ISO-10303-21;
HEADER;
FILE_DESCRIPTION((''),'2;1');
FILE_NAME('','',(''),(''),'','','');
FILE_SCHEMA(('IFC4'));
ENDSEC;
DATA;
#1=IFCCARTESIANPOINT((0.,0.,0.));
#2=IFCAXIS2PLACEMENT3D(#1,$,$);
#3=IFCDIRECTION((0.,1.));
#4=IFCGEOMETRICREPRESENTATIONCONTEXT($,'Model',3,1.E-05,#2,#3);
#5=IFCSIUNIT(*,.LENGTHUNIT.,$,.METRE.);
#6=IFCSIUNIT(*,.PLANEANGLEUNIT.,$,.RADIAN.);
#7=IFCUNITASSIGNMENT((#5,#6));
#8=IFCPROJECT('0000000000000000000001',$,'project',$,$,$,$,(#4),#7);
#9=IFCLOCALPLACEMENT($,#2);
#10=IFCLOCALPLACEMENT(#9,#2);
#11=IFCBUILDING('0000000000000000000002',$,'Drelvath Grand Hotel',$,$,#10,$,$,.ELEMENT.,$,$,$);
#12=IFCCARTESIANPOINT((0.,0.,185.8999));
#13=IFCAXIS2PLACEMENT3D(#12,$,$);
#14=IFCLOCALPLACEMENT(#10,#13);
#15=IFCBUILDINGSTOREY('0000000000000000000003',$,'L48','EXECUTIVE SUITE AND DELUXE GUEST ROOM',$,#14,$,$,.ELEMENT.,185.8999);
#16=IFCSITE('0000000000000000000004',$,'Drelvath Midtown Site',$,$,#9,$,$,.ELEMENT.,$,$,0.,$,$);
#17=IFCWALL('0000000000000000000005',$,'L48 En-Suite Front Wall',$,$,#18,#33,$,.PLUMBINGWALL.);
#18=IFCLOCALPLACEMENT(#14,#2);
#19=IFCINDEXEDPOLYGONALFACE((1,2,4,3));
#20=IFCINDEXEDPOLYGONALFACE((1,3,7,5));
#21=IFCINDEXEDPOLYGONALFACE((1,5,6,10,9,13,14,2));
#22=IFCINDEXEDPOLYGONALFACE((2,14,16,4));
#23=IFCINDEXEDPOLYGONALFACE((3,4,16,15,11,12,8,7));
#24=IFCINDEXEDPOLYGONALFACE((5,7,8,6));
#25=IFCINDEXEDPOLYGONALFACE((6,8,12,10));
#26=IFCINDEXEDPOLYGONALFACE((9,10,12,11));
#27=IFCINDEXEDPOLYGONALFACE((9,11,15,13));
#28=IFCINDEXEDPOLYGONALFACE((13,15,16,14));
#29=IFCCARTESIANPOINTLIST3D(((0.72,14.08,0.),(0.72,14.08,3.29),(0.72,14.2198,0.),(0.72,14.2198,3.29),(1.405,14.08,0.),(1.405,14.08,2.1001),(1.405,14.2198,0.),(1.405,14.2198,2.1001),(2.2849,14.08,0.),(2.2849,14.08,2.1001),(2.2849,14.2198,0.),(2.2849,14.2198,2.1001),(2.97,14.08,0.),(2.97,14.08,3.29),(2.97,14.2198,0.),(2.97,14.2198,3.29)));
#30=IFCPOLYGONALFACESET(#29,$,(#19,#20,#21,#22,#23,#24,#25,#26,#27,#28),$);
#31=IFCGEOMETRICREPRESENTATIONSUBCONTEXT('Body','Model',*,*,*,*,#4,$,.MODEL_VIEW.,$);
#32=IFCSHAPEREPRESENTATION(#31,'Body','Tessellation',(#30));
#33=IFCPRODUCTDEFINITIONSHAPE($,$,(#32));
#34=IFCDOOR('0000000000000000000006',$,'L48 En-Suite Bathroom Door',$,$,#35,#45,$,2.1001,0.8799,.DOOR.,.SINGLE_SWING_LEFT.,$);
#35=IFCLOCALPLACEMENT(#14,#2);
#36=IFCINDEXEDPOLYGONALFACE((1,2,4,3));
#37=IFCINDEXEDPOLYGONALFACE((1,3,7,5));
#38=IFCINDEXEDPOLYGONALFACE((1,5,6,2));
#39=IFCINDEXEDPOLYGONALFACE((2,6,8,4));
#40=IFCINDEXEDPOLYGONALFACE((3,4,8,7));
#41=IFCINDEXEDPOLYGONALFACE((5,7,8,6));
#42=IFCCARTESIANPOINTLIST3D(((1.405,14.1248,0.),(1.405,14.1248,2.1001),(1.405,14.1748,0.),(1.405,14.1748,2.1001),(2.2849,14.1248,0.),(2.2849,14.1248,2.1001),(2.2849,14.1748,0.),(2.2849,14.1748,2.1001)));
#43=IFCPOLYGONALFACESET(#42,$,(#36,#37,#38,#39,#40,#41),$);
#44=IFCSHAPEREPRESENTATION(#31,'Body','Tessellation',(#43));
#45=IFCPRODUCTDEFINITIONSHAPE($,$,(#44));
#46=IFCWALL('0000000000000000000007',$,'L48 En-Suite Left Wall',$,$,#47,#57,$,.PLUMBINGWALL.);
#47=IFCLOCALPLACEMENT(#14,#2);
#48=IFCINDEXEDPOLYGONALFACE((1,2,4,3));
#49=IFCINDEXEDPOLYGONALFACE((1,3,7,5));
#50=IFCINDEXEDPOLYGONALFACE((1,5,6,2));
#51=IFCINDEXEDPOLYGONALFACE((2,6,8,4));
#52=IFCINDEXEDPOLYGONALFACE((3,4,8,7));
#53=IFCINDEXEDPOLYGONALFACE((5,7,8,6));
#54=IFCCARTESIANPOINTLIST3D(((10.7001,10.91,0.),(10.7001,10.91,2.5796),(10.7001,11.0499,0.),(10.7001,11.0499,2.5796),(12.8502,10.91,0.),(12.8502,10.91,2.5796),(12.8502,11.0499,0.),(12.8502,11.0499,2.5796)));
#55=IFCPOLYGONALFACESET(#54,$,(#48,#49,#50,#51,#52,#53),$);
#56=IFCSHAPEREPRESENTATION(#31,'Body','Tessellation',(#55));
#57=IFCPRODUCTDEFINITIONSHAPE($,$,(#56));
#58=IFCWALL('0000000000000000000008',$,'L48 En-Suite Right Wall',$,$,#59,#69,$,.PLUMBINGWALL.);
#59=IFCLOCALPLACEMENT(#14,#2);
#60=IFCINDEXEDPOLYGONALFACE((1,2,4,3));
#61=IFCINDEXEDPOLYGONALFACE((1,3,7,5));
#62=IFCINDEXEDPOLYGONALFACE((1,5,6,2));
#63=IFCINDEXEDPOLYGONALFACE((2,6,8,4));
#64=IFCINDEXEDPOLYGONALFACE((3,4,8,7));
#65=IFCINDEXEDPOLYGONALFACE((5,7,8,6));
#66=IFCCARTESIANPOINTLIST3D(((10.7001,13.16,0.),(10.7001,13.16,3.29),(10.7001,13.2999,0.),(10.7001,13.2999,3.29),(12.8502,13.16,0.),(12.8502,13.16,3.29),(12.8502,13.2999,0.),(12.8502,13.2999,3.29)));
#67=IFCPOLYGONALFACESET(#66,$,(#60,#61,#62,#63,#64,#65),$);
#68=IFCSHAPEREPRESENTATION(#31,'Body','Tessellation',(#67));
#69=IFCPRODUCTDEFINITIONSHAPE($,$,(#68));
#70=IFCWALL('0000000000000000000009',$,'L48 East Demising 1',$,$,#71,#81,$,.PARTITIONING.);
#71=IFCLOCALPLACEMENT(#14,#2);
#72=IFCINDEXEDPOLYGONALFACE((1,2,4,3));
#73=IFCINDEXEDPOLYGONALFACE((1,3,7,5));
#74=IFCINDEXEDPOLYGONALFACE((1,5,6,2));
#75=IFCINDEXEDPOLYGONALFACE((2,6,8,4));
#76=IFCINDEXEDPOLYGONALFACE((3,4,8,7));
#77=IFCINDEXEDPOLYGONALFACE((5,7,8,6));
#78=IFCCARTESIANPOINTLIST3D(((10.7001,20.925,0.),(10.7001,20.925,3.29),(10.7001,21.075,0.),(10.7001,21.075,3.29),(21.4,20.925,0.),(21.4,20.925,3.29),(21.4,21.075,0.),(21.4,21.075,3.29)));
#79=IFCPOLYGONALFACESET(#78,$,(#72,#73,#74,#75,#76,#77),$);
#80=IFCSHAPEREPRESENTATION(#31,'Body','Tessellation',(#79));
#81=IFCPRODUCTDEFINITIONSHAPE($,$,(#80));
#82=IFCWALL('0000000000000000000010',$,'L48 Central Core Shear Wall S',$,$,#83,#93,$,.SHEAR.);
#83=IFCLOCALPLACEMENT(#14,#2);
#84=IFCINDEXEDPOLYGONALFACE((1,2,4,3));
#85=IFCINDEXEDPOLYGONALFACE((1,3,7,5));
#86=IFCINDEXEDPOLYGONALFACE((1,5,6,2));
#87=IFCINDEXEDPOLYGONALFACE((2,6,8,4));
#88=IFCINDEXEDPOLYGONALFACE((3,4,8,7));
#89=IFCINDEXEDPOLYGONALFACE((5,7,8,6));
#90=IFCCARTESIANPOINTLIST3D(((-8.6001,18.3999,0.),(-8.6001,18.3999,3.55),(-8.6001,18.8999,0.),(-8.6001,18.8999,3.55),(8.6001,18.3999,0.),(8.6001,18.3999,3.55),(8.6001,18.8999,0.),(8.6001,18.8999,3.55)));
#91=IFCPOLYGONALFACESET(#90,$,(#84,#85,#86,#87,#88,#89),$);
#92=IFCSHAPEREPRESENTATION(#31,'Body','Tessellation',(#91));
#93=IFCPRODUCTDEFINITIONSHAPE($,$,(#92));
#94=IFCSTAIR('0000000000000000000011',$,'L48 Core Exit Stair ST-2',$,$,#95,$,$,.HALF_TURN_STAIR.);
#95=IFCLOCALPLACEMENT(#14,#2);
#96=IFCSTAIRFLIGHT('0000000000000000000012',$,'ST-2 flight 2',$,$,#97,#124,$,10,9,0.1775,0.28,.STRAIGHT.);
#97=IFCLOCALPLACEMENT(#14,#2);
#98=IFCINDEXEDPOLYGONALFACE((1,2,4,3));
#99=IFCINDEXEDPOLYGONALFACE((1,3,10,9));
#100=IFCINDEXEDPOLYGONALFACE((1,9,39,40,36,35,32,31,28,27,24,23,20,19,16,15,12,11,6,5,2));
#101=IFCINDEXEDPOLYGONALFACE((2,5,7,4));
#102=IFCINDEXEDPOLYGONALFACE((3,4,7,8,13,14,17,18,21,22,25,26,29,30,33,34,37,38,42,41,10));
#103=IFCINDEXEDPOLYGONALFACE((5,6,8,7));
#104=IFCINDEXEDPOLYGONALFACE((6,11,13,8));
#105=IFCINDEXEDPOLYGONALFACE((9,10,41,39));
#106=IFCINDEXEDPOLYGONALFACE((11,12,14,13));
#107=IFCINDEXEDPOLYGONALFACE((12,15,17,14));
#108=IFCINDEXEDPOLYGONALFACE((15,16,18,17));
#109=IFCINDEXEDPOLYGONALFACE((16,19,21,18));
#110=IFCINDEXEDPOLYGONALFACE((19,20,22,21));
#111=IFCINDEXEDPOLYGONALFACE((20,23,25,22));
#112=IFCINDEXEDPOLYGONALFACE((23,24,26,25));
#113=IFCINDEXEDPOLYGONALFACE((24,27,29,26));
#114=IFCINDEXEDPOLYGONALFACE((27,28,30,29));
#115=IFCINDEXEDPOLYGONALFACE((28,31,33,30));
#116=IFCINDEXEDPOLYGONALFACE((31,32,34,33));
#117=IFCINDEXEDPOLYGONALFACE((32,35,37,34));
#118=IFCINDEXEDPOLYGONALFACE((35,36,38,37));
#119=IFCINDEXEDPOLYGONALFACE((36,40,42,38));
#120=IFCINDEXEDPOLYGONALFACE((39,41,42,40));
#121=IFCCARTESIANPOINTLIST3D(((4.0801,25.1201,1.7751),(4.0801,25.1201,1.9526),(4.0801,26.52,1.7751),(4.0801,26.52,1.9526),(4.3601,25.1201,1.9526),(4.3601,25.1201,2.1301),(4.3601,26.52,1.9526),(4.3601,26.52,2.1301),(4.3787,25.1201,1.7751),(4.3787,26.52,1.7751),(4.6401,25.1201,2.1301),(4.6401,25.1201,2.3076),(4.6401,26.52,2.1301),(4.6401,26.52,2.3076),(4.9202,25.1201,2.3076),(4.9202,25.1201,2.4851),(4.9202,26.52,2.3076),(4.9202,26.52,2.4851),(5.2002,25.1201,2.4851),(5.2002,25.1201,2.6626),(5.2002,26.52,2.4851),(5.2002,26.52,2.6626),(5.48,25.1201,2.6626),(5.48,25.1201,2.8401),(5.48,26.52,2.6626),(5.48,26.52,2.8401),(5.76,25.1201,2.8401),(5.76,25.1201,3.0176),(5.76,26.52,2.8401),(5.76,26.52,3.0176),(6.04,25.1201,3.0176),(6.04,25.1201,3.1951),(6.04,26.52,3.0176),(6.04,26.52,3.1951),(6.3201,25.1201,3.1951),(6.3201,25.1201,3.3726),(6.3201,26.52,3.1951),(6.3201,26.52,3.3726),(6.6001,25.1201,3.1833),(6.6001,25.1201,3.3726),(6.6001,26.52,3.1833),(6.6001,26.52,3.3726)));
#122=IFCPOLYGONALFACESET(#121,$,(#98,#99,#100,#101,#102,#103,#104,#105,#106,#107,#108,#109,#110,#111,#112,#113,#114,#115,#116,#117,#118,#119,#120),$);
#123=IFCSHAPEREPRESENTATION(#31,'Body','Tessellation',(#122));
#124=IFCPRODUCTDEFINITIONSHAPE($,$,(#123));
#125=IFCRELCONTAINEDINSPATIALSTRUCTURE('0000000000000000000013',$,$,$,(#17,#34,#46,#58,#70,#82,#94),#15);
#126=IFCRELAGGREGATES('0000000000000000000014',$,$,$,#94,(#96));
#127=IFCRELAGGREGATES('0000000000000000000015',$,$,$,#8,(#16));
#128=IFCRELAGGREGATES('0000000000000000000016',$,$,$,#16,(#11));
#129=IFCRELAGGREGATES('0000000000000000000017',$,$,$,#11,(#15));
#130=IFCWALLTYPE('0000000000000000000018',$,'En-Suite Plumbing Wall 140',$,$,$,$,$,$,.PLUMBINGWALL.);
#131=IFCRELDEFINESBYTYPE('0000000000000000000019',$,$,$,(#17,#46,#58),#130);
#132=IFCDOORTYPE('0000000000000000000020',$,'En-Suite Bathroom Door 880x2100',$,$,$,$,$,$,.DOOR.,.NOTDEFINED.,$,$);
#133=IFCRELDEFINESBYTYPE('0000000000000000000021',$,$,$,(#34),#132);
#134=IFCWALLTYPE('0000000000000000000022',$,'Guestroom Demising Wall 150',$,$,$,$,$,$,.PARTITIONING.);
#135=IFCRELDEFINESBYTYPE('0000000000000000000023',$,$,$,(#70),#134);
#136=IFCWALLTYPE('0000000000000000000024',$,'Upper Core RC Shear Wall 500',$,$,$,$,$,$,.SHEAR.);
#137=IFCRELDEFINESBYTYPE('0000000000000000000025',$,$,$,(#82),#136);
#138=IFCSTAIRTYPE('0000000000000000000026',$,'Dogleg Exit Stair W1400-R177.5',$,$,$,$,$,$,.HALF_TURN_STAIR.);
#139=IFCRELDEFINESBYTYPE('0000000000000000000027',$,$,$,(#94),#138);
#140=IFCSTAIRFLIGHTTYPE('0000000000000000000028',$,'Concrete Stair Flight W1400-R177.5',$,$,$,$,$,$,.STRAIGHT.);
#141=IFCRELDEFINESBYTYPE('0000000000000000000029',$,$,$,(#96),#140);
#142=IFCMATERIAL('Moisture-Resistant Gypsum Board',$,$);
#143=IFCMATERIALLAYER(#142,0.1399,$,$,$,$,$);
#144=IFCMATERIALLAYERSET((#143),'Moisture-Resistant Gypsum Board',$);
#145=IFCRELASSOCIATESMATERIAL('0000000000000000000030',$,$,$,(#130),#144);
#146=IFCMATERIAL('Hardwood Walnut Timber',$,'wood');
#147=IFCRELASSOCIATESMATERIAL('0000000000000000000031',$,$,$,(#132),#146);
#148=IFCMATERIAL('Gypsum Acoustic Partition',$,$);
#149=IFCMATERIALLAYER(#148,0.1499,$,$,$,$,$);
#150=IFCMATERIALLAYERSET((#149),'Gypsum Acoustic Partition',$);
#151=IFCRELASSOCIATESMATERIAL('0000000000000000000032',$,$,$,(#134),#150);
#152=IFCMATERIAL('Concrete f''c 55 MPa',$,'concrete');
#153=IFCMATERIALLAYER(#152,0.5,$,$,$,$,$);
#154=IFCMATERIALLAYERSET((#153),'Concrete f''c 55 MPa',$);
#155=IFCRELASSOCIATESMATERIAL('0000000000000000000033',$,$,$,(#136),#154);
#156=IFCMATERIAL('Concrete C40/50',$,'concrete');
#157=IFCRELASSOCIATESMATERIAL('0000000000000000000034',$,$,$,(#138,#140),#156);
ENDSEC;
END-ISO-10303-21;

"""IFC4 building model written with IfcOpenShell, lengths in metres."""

from ifc_helpers import new_model, si_unit, direction, frame, frame_2d, origin, place, context, subcontext, project, spatial, polyline, rectangle, outline, extrude, material, layer, layer_set, type_object, element, fill, aggregate, save


model = new_model("IFC4")

# Units and contexts
model_context = context("Model", 3, precision=1e-05, world=origin(), true_north=direction((0.0, 1.0)))
body_context = subcontext(model_context, "Body", "Model", "MODEL_VIEW")
ifc_project = project(units=[si_unit("LENGTHUNIT", "METRE"), si_unit("PLANEANGLEUNIT", "RADIAN")], contexts=[model_context])

# Site, building, storey
site_placement = place(None, origin())
site = spatial("IfcSite", under=ifc_project, at=site_placement, Name="Drelvath Midtown Site", CompositionType="ELEMENT", RefElevation=0.0)
building_placement = place(site_placement, origin())
building = spatial("IfcBuilding", under=site, at=building_placement, Name="Drelvath Grand Hotel", CompositionType="ELEMENT")
storey_placement = place(building_placement, frame((0.0, 0.0, 185.8999)))
storey = spatial("IfcBuildingStorey", under=building, at=storey_placement, Name="L48", Description="EXECUTIVE SUITE AND DELUXE GUEST ROOM", CompositionType="ELEMENT", Elevation=185.8999)

# Shared definitions
ifc_material_1 = material(Name="Concrete f'c 55 MPa", Category="concrete")

# Shared definitions
ifc_material_2 = material(Name="Concrete C40/50", Category="concrete")

# Shared definitions
ifc_material_3 = material(Name="Moisture-Resistant Gypsum Board")
ifc_layer_1 = layer(ifc_material_3, 0.1399)
ifc_layer_set_1 = layer_set([ifc_layer_1], Name="Moisture-Resistant Gypsum Board")
wall_type_1 = type_object("IfcWallType", Name="En-Suite Plumbing Wall 140", PredefinedType="PLUMBINGWALL", material=ifc_layer_set_1)

# Wall, opening, door
wall_1_placement = place(storey_placement, frame((0.72, 14.1499, 0.0), z_axis=(0.0, 0.0, 1.0), x_axis=(1.0, 0.0, 0.0)))
wall_1 = element("IfcWall", 1, at=wall_1_placement, inside=storey, type_object=wall_type_1, Name="L48 En-Suite Front Wall", PredefinedType="PLUMBINGWALL", context=body_context, shape_type="SweptSolid", body=[
    extrude(rectangle(XDim=2.25, YDim=0.1399, at=frame_2d((1.125, 0.0))), origin(), (0.0, 0.0, 1.0), 3.29),
])
opening_1_placement = place(wall_1_placement, frame((0.6851, 0.0, 0.0)))
opening_1 = element("IfcOpeningElement", 2, at=opening_1_placement, cuts=wall_1, PredefinedType="OPENING", context=body_context, shape_type="SweptSolid", body=[
    extrude(rectangle(XDim=0.8799, YDim=2.1001, at=frame_2d((0.4399, 1.05))), frame((0.0, 0.0798, 0.0), z_axis=(0.0, -1.0, 0.0), x_axis=(1.0, 0.0, 0.0)), (0.0, 0.0, 1.0), 0.1599),
])
ifc_material_4 = material(Name="Hardwood Walnut Timber", Category="wood")
door_type_1 = type_object("IfcDoorType", Name="En-Suite Bathroom Door 880x2100", OperationType="NOTDEFINED", PredefinedType="DOOR", material=ifc_material_4)
door_1_placement = place(opening_1_placement, origin())
door_1 = element("IfcDoor", 3, at=door_1_placement, inside=storey, type_object=door_type_1, Name="L48 En-Suite Bathroom Door", OperationType="SINGLE_SWING_LEFT", OverallHeight=2.1001, OverallWidth=0.8799, PredefinedType="DOOR", context=body_context, shape_type="SweptSolid", body=[
    extrude(rectangle(XDim=0.8799, YDim=2.1001, at=frame_2d((0.4399, 1.05))), frame((0.0, 0.0249, 0.0), z_axis=(0.0, -1.0, 0.0), x_axis=(1.0, 0.0, 0.0)), (0.0, 0.0, 1.0), 0.05),
])
fill(opening_1, door_1)

# Walls
wall_2_placement = place(storey_placement, frame((10.7, 10.98, 0.0), z_axis=(0.0, 0.0, 1.0), x_axis=(1.0, 0.0, 0.0)))
element("IfcWall", 4, at=wall_2_placement, inside=storey, type_object=wall_type_1, Name="L48 En-Suite Left Wall", PredefinedType="PLUMBINGWALL", context=body_context, shape_type="SweptSolid", body=[
    extrude(rectangle(XDim=2.1501, YDim=0.1399, at=frame_2d((1.0752, 0.0))), origin(), (0.0, 0.0, 1.0), 2.5796),
])
wall_3_placement = place(storey_placement, frame((10.7, 13.23, 0.0), z_axis=(0.0, 0.0, 1.0), x_axis=(1.0, 0.0, 0.0)))
element("IfcWall", 5, at=wall_3_placement, inside=storey, type_object=wall_type_1, Name="L48 En-Suite Right Wall", PredefinedType="PLUMBINGWALL", context=body_context, shape_type="SweptSolid", body=[
    extrude(rectangle(XDim=2.1501, YDim=0.1399, at=frame_2d((1.0752, 0.0))), origin(), (0.0, 0.0, 1.0), 3.29),
])
ifc_material_5 = material(Name="Gypsum Acoustic Partition")
ifc_layer_2 = layer(ifc_material_5, 0.1499)
ifc_layer_set_2 = layer_set([ifc_layer_2], Name="Gypsum Acoustic Partition")
wall_type_2 = type_object("IfcWallType", Name="Guestroom Demising Wall 150", PredefinedType="PARTITIONING", material=ifc_layer_set_2)
wall_4_placement = place(storey_placement, frame((10.7, 21.0, 0.0), z_axis=(0.0, 0.0, 1.0), x_axis=(1.0, 0.0, 0.0)))
element("IfcWall", 6, at=wall_4_placement, inside=storey, type_object=wall_type_2, Name="L48 East Demising 1", PredefinedType="PARTITIONING", context=body_context, shape_type="SweptSolid", body=[
    extrude(rectangle(XDim=10.7, YDim=0.1499, at=frame_2d((5.3501, 0.0))), origin(), (0.0, 0.0, 1.0), 3.29),
])
ifc_layer_3 = layer(ifc_material_1, 0.5)
ifc_layer_set_3 = layer_set([ifc_layer_3], Name="Concrete f'c 55 MPa")
wall_type_3 = type_object("IfcWallType", Name="Upper Core RC Shear Wall 500", PredefinedType="SHEAR", material=ifc_layer_set_3)
wall_5_placement = place(storey_placement, frame((8.6001, 18.6499, 0.0), z_axis=(0.0, 0.0, 1.0), x_axis=(-1.0, 0.0, 0.0)))
element("IfcWall", 7, at=wall_5_placement, inside=storey, type_object=wall_type_3, Name="L48 Central Core Shear Wall S", PredefinedType="SHEAR", context=body_context, shape_type="SweptSolid", body=[
    extrude(rectangle(XDim=17.2002, YDim=0.5, at=frame_2d((8.6001, 0.0))), origin(), (0.0, 0.0, 1.0), 3.55),
])

# Stair, stair flight
stair_type = type_object("IfcStairType", Name="Dogleg Exit Stair W1400-R177.5", PredefinedType="HALF_TURN_STAIR", material=ifc_material_2)
stair_placement = place(storey_placement, origin())
stair = element("IfcStair", 8, at=stair_placement, inside=storey, type_object=stair_type, Name="L48 Core Exit Stair ST-2", PredefinedType="HALF_TURN_STAIR")
stair_flight_type = type_object("IfcStairFlightType", Name="Concrete Stair Flight W1400-R177.5", PredefinedType="STRAIGHT", material=ifc_material_2)
stair_flight_placement = place(storey_placement, frame((4.0801, 25.8201, 1.7751), z_axis=(0.0, 0.0, 1.0), x_axis=(1.0, 0.0, 0.0)))
stair_flight = element("IfcStairFlight", 9, at=stair_flight_placement, type_object=stair_flight_type, Name="ST-2 flight 2", NumberOfRisers=10, NumberOfTreads=9, PredefinedType="STRAIGHT", RiserHeight=0.1775, TreadLength=0.28, context=body_context, shape_type="SweptSolid", body=[
    extrude(outline(polyline([(0.0, 0.0), (0.0, 0.1775), (0.28, 0.1775), (0.28, 0.355), (0.5601, 0.355), (0.5601, 0.5325), (0.8401, 0.5325), (0.8401, 0.71), (1.1201, 0.71), (1.1201, 0.8875), (1.3999, 0.8875), (1.3999, 1.0649), (1.6799, 1.0649), (1.6799, 1.2424), (1.96, 1.2424), (1.96, 1.4199), (2.24, 1.4199), (2.24, 1.5974), (2.52, 1.5974), (2.52, 1.7749), (2.52, 1.4082), (0.2986, 0.0), (0.0, 0.0)])), frame((0.0, 0.7, 0.0), z_axis=(0.0, -1.0, 0.0), x_axis=(1.0, 0.0, 0.0)), (0.0, 0.0, 1.0), 1.3999),
])
aggregate(stair, [stair_flight])

save(model, "model.ifc")
